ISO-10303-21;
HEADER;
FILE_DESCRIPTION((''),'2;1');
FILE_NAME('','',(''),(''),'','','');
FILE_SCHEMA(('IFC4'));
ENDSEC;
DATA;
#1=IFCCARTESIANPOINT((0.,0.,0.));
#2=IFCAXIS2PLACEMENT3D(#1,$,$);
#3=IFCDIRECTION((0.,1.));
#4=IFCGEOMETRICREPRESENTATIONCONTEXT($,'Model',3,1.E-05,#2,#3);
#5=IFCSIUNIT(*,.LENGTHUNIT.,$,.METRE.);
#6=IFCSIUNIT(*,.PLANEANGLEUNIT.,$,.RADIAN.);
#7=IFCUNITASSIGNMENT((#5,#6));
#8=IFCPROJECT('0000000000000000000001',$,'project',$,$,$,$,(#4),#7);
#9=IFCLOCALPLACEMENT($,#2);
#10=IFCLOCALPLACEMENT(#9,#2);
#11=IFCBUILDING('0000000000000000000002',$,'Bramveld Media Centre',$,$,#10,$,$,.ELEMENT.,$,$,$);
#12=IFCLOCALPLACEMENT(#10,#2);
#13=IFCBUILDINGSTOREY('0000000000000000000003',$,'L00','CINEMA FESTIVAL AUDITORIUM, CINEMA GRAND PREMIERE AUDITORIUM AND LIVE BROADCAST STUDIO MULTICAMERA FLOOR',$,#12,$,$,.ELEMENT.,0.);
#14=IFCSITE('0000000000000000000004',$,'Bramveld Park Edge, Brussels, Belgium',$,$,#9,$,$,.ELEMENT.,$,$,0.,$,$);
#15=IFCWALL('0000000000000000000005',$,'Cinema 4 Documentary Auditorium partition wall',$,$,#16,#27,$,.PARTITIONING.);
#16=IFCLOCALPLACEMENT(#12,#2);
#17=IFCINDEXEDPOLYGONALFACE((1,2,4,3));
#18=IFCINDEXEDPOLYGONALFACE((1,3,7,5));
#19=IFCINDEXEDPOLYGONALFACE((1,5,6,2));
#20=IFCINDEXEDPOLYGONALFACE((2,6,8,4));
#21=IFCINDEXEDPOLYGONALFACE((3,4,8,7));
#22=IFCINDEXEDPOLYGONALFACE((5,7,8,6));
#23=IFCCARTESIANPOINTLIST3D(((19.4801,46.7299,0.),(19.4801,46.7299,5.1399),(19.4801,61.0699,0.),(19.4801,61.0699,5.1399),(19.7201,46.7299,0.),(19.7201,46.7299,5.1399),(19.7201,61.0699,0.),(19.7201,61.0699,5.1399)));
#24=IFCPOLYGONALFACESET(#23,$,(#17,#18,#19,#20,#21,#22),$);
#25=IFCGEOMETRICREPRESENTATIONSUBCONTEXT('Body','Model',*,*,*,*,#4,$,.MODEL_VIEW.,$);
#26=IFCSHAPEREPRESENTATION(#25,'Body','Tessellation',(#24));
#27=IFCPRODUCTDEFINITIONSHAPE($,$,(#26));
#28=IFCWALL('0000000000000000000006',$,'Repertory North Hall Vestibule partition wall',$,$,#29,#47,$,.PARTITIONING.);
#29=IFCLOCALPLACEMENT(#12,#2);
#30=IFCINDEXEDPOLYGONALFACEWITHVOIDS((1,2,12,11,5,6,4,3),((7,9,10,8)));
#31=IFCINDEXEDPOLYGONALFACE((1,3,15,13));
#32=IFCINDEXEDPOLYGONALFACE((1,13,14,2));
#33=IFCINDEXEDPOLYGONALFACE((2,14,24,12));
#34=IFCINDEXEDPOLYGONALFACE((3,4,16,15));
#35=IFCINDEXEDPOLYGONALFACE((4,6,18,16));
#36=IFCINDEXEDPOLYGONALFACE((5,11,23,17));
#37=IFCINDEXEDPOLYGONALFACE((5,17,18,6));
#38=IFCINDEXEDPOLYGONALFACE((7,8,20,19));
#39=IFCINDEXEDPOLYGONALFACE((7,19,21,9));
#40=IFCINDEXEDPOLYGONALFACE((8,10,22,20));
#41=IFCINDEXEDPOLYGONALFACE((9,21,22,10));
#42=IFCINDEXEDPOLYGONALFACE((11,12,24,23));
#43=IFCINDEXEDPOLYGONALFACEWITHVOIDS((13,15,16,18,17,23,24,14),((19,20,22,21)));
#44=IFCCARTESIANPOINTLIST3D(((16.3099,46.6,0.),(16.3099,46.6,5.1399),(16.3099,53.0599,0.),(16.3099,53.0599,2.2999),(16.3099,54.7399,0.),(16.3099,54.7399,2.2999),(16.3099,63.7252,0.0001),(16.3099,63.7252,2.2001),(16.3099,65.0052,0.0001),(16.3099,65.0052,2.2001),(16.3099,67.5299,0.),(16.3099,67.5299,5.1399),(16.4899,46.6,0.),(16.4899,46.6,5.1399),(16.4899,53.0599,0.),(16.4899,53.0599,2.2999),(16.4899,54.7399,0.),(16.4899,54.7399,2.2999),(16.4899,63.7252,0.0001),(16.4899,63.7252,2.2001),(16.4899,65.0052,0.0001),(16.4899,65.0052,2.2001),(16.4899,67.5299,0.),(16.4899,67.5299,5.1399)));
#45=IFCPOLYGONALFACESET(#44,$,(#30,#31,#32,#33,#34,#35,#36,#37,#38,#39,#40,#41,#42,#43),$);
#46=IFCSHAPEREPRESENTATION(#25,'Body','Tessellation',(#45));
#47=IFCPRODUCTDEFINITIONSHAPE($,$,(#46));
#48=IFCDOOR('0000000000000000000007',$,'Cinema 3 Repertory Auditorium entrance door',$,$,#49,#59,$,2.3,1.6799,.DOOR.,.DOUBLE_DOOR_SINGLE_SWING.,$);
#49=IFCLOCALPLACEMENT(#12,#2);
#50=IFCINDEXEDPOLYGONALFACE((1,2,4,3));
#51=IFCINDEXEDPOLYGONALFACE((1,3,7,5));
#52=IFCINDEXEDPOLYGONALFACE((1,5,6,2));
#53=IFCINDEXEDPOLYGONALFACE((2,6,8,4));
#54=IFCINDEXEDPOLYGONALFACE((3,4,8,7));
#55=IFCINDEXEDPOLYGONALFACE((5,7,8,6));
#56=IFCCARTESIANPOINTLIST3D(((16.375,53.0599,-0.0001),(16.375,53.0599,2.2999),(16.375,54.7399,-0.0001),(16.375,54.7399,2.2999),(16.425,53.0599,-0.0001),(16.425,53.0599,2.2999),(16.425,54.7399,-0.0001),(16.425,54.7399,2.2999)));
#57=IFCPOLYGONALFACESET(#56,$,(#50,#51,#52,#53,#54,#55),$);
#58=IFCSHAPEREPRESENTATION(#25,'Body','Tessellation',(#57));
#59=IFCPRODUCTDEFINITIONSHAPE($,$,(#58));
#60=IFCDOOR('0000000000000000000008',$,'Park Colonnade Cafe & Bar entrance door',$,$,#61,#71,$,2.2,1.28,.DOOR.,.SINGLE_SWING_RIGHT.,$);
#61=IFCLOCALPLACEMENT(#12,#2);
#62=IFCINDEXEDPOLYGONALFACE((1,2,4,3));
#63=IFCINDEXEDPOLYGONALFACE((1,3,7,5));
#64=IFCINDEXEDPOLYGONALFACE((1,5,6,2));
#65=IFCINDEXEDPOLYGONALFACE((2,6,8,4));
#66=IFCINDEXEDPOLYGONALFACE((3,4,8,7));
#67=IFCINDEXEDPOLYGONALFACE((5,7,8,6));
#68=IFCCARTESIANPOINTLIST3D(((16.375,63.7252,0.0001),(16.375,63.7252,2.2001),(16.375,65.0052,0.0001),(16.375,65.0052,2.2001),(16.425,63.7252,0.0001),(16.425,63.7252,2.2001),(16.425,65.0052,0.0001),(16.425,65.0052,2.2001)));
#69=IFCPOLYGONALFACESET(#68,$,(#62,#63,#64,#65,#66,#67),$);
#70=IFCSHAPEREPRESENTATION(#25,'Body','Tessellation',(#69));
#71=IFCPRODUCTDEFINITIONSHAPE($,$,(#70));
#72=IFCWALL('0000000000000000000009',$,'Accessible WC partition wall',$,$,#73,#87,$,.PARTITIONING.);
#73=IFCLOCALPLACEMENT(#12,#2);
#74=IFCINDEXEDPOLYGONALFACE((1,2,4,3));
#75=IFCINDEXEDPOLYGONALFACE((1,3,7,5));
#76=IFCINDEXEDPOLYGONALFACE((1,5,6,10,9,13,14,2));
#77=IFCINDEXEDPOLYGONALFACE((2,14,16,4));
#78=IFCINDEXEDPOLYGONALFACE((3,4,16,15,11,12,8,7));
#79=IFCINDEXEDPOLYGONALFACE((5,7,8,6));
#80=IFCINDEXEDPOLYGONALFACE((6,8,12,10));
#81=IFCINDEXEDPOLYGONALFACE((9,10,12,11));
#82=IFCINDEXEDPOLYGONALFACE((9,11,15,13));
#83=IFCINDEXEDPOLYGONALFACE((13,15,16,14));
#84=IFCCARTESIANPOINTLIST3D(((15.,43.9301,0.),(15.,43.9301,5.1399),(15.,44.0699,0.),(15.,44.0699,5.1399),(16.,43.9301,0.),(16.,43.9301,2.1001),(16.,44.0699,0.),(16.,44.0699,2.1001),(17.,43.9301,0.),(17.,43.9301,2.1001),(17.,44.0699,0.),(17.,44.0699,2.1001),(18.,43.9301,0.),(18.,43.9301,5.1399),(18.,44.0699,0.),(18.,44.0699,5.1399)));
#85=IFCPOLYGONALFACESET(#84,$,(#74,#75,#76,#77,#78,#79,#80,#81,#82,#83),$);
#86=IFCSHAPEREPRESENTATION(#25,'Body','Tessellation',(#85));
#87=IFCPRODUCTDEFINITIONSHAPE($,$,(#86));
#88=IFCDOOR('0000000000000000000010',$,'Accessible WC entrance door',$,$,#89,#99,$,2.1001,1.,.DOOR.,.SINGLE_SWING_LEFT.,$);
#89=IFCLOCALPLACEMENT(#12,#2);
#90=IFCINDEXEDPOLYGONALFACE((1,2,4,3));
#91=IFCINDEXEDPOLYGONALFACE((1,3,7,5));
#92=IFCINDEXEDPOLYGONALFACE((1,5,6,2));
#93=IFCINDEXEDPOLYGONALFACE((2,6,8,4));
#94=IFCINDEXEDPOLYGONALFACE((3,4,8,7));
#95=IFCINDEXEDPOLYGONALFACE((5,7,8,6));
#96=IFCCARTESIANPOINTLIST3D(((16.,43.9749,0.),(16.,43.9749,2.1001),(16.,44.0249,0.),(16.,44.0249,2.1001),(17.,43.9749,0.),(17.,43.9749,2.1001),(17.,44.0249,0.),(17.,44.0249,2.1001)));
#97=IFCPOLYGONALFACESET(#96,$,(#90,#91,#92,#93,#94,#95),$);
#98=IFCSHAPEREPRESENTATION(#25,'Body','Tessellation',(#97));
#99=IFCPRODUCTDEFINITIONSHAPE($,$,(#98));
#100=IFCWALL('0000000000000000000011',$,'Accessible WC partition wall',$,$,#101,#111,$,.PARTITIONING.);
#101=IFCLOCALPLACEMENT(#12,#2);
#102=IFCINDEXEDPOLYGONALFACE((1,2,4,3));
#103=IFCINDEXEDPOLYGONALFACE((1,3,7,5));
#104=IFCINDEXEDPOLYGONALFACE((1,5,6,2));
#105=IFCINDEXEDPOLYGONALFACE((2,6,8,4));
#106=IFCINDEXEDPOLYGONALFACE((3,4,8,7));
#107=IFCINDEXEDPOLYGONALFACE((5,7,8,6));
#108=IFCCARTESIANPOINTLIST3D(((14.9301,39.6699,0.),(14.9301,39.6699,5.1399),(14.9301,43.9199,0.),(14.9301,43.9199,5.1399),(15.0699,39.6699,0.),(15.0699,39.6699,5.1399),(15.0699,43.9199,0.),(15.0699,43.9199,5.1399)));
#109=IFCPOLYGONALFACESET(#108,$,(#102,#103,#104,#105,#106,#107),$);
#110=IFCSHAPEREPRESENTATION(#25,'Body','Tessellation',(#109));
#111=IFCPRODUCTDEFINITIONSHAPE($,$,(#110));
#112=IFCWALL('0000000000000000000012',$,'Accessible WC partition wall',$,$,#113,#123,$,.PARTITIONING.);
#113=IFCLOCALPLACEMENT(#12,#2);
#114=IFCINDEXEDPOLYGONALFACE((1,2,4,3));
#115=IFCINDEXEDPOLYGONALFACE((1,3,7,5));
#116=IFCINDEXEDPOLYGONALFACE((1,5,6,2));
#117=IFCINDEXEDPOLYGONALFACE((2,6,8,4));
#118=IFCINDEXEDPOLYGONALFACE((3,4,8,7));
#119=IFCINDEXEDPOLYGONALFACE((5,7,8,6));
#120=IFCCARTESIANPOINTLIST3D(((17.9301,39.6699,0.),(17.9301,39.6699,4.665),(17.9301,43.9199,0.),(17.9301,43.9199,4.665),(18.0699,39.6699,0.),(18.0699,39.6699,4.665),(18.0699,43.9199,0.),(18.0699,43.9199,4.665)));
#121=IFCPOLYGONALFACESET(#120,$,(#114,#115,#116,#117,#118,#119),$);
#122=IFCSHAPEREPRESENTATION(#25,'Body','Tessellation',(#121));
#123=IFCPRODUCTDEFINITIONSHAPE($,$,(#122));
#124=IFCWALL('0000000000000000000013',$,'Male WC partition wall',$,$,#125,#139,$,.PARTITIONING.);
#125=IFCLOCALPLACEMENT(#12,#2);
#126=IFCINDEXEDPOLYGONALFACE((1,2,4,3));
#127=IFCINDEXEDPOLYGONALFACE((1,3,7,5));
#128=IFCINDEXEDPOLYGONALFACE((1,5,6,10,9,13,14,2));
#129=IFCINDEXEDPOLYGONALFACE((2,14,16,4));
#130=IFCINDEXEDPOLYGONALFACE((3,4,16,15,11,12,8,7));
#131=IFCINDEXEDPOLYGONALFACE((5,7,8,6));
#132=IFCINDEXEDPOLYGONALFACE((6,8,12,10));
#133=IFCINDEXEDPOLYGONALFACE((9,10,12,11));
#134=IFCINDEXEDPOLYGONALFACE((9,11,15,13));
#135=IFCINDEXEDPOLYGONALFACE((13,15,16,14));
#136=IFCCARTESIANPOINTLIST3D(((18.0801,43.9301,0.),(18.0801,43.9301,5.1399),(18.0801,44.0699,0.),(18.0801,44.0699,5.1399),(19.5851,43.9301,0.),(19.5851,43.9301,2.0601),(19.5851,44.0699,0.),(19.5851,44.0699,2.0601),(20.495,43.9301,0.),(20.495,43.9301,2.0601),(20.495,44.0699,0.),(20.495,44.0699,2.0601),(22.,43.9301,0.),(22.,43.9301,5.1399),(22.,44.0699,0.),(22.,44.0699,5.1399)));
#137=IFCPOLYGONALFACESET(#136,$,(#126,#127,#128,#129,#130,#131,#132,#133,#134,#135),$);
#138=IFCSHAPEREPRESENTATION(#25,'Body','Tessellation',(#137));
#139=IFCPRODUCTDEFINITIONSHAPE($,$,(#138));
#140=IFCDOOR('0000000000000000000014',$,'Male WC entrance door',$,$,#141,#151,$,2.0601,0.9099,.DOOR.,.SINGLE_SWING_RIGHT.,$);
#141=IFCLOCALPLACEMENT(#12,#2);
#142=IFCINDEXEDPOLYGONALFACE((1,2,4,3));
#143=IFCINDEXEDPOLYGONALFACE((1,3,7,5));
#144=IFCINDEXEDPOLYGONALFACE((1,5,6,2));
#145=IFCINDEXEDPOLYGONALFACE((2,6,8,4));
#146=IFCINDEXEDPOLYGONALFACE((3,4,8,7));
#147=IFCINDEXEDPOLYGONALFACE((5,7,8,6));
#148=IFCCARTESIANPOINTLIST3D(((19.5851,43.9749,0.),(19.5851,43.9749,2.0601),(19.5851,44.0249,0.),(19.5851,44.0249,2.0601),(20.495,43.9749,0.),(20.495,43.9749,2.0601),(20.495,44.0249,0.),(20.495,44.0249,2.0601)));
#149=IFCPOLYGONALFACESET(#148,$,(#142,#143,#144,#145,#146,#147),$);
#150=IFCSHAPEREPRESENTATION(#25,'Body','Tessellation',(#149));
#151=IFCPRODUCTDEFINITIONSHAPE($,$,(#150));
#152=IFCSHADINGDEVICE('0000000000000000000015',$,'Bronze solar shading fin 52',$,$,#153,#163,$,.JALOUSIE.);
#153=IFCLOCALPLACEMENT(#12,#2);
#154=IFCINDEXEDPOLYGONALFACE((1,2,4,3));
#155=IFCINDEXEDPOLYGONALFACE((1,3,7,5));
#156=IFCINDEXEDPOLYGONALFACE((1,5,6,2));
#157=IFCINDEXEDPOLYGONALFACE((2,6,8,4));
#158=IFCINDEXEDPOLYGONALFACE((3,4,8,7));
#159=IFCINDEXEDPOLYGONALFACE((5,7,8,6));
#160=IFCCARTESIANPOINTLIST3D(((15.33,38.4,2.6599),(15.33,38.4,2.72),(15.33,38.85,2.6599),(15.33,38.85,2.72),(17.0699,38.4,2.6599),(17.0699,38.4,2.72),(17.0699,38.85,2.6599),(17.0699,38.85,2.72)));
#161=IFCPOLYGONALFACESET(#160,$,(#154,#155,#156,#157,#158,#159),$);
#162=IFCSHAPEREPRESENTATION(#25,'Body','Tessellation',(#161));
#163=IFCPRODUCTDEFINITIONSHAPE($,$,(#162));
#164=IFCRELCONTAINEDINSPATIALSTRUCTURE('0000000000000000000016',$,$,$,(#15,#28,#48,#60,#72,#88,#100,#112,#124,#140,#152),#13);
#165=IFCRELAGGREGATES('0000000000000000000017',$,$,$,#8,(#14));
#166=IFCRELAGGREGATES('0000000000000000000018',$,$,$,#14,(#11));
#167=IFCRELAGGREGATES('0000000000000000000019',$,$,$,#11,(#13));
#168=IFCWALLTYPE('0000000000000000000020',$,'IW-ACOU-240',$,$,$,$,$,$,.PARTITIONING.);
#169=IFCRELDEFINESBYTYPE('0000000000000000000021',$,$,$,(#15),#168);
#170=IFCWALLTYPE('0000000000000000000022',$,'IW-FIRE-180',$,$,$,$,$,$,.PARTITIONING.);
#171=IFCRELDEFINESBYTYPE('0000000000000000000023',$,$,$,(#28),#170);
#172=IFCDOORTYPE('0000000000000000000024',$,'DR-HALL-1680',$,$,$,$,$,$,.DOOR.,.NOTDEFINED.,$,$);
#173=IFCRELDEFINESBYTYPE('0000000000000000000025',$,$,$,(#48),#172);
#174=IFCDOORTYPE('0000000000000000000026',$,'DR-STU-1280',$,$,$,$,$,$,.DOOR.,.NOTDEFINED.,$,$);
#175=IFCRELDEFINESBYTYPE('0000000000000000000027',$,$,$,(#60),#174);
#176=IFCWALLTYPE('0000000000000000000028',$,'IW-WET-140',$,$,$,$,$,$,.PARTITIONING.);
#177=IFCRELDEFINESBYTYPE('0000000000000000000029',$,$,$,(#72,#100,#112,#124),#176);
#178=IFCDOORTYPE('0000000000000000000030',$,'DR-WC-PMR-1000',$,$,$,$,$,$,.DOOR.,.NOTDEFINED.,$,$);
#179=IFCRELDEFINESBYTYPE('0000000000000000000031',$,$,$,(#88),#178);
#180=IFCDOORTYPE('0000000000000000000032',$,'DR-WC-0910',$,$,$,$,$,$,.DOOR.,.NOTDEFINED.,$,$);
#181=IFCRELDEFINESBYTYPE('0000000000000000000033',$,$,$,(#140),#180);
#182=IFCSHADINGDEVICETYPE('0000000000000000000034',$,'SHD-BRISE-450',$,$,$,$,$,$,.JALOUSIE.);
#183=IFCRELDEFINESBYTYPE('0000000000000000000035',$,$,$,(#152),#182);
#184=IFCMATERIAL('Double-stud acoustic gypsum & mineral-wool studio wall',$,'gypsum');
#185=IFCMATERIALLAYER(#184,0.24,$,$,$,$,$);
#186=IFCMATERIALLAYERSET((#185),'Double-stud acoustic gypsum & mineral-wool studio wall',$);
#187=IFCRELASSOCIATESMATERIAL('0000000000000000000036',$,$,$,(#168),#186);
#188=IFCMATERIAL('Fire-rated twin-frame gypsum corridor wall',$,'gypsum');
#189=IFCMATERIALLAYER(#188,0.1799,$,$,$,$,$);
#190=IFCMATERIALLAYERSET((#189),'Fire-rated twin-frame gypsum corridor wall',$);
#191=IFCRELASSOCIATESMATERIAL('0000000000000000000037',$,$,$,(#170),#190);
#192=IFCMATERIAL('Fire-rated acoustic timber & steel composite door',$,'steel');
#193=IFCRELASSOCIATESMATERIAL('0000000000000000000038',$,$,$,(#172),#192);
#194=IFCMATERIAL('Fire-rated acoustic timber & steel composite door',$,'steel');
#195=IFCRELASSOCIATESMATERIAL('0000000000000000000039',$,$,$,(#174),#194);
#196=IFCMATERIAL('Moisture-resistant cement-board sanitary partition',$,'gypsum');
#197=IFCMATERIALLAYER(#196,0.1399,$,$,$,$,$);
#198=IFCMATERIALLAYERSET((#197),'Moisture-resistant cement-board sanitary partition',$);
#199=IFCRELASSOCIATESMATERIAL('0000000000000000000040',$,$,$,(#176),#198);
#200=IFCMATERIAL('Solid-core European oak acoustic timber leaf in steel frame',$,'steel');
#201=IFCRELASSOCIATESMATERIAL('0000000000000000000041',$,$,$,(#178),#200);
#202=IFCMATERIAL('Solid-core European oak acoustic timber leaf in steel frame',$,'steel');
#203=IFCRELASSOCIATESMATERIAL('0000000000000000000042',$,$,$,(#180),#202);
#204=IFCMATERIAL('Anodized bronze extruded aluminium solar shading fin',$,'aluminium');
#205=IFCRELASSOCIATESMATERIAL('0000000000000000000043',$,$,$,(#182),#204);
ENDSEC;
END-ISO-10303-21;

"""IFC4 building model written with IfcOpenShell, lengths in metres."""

from ifc_helpers import new_model, si_unit, direction, frame, frame_2d, origin, origin_2d, place, context, subcontext, project, spatial, rectangle, extrude, material, layer, layer_set, type_object, element, fill, save


model = new_model("IFC4")

# Units and contexts
model_context = context("Model", 3, precision=1e-05, world=origin(), true_north=direction((0.0, 1.0)))
body_context = subcontext(model_context, "Body", "Model", "MODEL_VIEW")
ifc_project = project(units=[si_unit("LENGTHUNIT", "METRE"), si_unit("PLANEANGLEUNIT", "RADIAN")], contexts=[model_context])

# Site, building, storey
site_placement = place(None, origin())
site = spatial("IfcSite", under=ifc_project, at=site_placement, Name="Bramveld Park Edge, Brussels, Belgium", CompositionType="ELEMENT", RefElevation=0.0)
building_placement = place(site_placement, origin())
building = spatial("IfcBuilding", under=site, at=building_placement, Name="Bramveld Media Centre", CompositionType="ELEMENT")
storey_placement = place(building_placement, origin())
storey = spatial("IfcBuildingStorey", under=building, at=storey_placement, Name="L00", Description="CINEMA FESTIVAL AUDITORIUM, CINEMA GRAND PREMIERE AUDITORIUM AND LIVE BROADCAST STUDIO MULTICAMERA FLOOR", CompositionType="ELEMENT", Elevation=0.0)

# Shared definitions
ifc_material_1 = material(Name="Double-stud acoustic gypsum & mineral-wool studio wall", Category="gypsum")
ifc_layer_1 = layer(ifc_material_1, 0.24)
ifc_layer_set_1 = layer_set([ifc_layer_1], Name="Double-stud acoustic gypsum & mineral-wool studio wall")
wall_type_1 = type_object("IfcWallType", Name="IW-ACOU-240", PredefinedType="PARTITIONING", material=ifc_layer_set_1)

# Wall
wall_1_placement = place(storey_placement, frame((19.6001, 46.73, 0.0), z_axis=(0.0, 0.0, 1.0), x_axis=(0.0, 1.0, 0.0)))
element("IfcWall", 1, at=wall_1_placement, inside=storey, type_object=wall_type_1, Name="Cinema 4 Documentary Auditorium partition wall", PredefinedType="PARTITIONING", context=body_context, shape_type="SweptSolid", body=[
    extrude(rectangle(XDim=14.3401, YDim=0.24, at=frame_2d((7.1699, 0.0))), origin(), (0.0, 0.0, 1.0), 5.1399),
])

# Wall, openings, doors
ifc_material_2 = material(Name="Fire-rated twin-frame gypsum corridor wall", Category="gypsum")
ifc_layer_2 = layer(ifc_material_2, 0.1799)
ifc_layer_set_2 = layer_set([ifc_layer_2], Name="Fire-rated twin-frame gypsum corridor wall")
wall_type_2 = type_object("IfcWallType", Name="IW-FIRE-180", PredefinedType="PARTITIONING", material=ifc_layer_set_2)
wall_2_placement = place(storey_placement, frame((16.3999, 46.6001, 0.0), z_axis=(0.0, 0.0, 1.0), x_axis=(0.0, 1.0, 0.0)))
wall_2 = element("IfcWall", 2, at=wall_2_placement, inside=storey, type_object=wall_type_2, Name="Repertory North Hall Vestibule partition wall", PredefinedType="PARTITIONING", context=body_context, shape_type="SweptSolid", body=[
    extrude(rectangle(XDim=20.9299, YDim=0.1799, at=frame_2d((10.4648, 0.0))), origin(), (0.0, 0.0, 1.0), 5.1399),
])
opening_1_placement = place(wall_2_placement, frame((6.46, 0.0, 0.0)))
opening_1 = element("IfcOpeningElement", 3, at=opening_1_placement, cuts=wall_2, PredefinedType="OPENING", context=body_context, shape_type="SweptSolid", body=[
    extrude(rectangle(XDim=1.6799, YDim=2.3, at=frame_2d((0.8398, 1.1499))), frame((0.0, 0.1021, 0.0), z_axis=(0.0, -1.0, 0.0), x_axis=(1.0, 0.0, 0.0)), (0.0, 0.0, 1.0), 0.2039),
])
opening_2_placement = place(wall_2_placement, frame((17.125, 0.0, 0.0)))
opening_2 = element("IfcOpeningElement", 4, at=opening_2_placement, cuts=wall_2, PredefinedType="OPENING", context=body_context, shape_type="SweptSolid", body=[
    extrude(rectangle(XDim=1.28, YDim=2.2, at=frame_2d((0.6401, 1.1001))), frame((0.0, 0.1021, 0.0), z_axis=(0.0, -1.0, 0.0), x_axis=(1.0, 0.0, 0.0)), (0.0, 0.0, 1.0), 0.2039),
])
ifc_material_3 = material(Name="Fire-rated acoustic timber & steel composite door", Category="steel")
door_type_1 = type_object("IfcDoorType", Name="DR-HALL-1680", OperationType="NOTDEFINED", PredefinedType="DOOR", material=ifc_material_3)
door_1_placement = place(opening_1_placement, origin())
door_1 = element("IfcDoor", 5, at=door_1_placement, inside=storey, type_object=door_type_1, Name="Cinema 3 Repertory Auditorium entrance door", OperationType="DOUBLE_DOOR_SINGLE_SWING", OverallHeight=2.3, OverallWidth=1.6799, PredefinedType="DOOR", context=body_context, shape_type="SweptSolid", body=[
    extrude(rectangle(XDim=1.6799, YDim=2.3, at=frame_2d((0.8398, 1.1499))), frame((0.0, 0.0249, 0.0), z_axis=(0.0, -1.0, 0.0), x_axis=(1.0, 0.0, 0.0)), (0.0, 0.0, 1.0), 0.05),
])
fill(opening_1, door_1)
ifc_material_4 = material(Name="Fire-rated acoustic timber & steel composite door", Category="steel")
door_type_2 = type_object("IfcDoorType", Name="DR-STU-1280", OperationType="NOTDEFINED", PredefinedType="DOOR", material=ifc_material_4)
door_2_placement = place(opening_2_placement, origin())
door_2 = element("IfcDoor", 6, at=door_2_placement, inside=storey, type_object=door_type_2, Name="Park Colonnade Cafe & Bar entrance door", OperationType="SINGLE_SWING_RIGHT", OverallHeight=2.2, OverallWidth=1.28, PredefinedType="DOOR", context=body_context, shape_type="SweptSolid", body=[
    extrude(rectangle(XDim=1.28, YDim=2.2, at=frame_2d((0.6401, 1.1001))), frame((0.0, 0.0249, 0.0), z_axis=(0.0, -1.0, 0.0), x_axis=(1.0, 0.0, 0.0)), (0.0, 0.0, 1.0), 0.05),
])
fill(opening_2, door_2)

# Wall, opening, door
ifc_material_5 = material(Name="Moisture-resistant cement-board sanitary partition", Category="gypsum")
ifc_layer_3 = layer(ifc_material_5, 0.1399)
ifc_layer_set_3 = layer_set([ifc_layer_3], Name="Moisture-resistant cement-board sanitary partition")
wall_type_3 = type_object("IfcWallType", Name="IW-WET-140", PredefinedType="PARTITIONING", material=ifc_layer_set_3)
wall_3_placement = place(storey_placement, frame((15.0, 44.0, 0.0), z_axis=(0.0, 0.0, 1.0), x_axis=(1.0, 0.0, 0.0)))
wall_3 = element("IfcWall", 7, at=wall_3_placement, inside=storey, type_object=wall_type_3, Name="Accessible WC partition wall", PredefinedType="PARTITIONING", context=body_context, shape_type="SweptSolid", body=[
    extrude(rectangle(XDim=3.0, YDim=0.1399, at=frame_2d((1.5, 0.0))), origin(), (0.0, 0.0, 1.0), 5.1399),
])
opening_3_placement = place(wall_3_placement, frame((1.0, 0.0, 0.0)))
opening_3 = element("IfcOpeningElement", 8, at=opening_3_placement, cuts=wall_3, PredefinedType="OPENING", context=body_context, shape_type="SweptSolid", body=[
    extrude(rectangle(XDim=1.0, YDim=2.1001, at=frame_2d((0.5, 1.05))), frame((0.0, 0.082, 0.0), z_axis=(0.0, -1.0, 0.0), x_axis=(1.0, 0.0, 0.0)), (0.0, 0.0, 1.0), 0.1638),
])
ifc_material_6 = material(Name="Solid-core European oak acoustic timber leaf in steel frame", Category="steel")
door_type_3 = type_object("IfcDoorType", Name="DR-WC-PMR-1000", OperationType="NOTDEFINED", PredefinedType="DOOR", material=ifc_material_6)
door_3_placement = place(opening_3_placement, origin())
door_3 = element("IfcDoor", 9, at=door_3_placement, inside=storey, type_object=door_type_3, Name="Accessible WC entrance door", OperationType="SINGLE_SWING_LEFT", OverallHeight=2.1001, OverallWidth=1.0, PredefinedType="DOOR", context=body_context, shape_type="SweptSolid", body=[
    extrude(rectangle(XDim=1.0, YDim=2.1001, at=frame_2d((0.5, 1.05))), frame((0.0, 0.0249, 0.0), z_axis=(0.0, -1.0, 0.0), x_axis=(1.0, 0.0, 0.0)), (0.0, 0.0, 1.0), 0.05),
])
fill(opening_3, door_3)

# Walls
wall_4_placement = place(storey_placement, frame((15.0, 39.6699, 0.0), z_axis=(0.0, 0.0, 1.0), x_axis=(0.0, 1.0, 0.0)))
element("IfcWall", 10, at=wall_4_placement, inside=storey, type_object=wall_type_3, Name="Accessible WC partition wall", PredefinedType="PARTITIONING", context=body_context, shape_type="SweptSolid", body=[
    extrude(rectangle(XDim=4.25, YDim=0.1399, at=frame_2d((2.125, 0.0))), origin(), (0.0, 0.0, 1.0), 5.1399),
])
wall_5_placement = place(storey_placement, frame((18.0, 39.6699, 0.0), z_axis=(0.0, 0.0, 1.0), x_axis=(0.0, 1.0, 0.0)))
element("IfcWall", 11, at=wall_5_placement, inside=storey, type_object=wall_type_3, Name="Accessible WC partition wall", PredefinedType="PARTITIONING", context=body_context, shape_type="SweptSolid", body=[
    extrude(rectangle(XDim=4.25, YDim=0.1399, at=frame_2d((2.125, 0.0))), origin(), (0.0, 0.0, 1.0), 4.665),
])

# Wall, opening, door
wall_6_placement = place(storey_placement, frame((18.0801, 44.0, 0.0), z_axis=(0.0, 0.0, 1.0), x_axis=(1.0, 0.0, 0.0)))
wall_6 = element("IfcWall", 12, at=wall_6_placement, inside=storey, type_object=wall_type_3, Name="Male WC partition wall", PredefinedType="PARTITIONING", context=body_context, shape_type="SweptSolid", body=[
    extrude(rectangle(XDim=3.9199, YDim=0.1399, at=frame_2d((1.96, 0.0))), origin(), (0.0, 0.0, 1.0), 5.1399),
])
opening_4_placement = place(wall_6_placement, frame((1.5049, 0.0, 0.0)))
opening_4 = element("IfcOpeningElement", 13, at=opening_4_placement, cuts=wall_6, PredefinedType="OPENING", context=body_context, shape_type="SweptSolid", body=[
    extrude(rectangle(XDim=0.9099, YDim=2.0601, at=frame_2d((0.4551, 1.03))), frame((0.0, 0.082, 0.0), z_axis=(0.0, -1.0, 0.0), x_axis=(1.0, 0.0, 0.0)), (0.0, 0.0, 1.0), 0.1638),
])
ifc_material_7 = material(Name="Solid-core European oak acoustic timber leaf in steel frame", Category="steel")
door_type_4 = type_object("IfcDoorType", Name="DR-WC-0910", OperationType="NOTDEFINED", PredefinedType="DOOR", material=ifc_material_7)
door_4_placement = place(opening_4_placement, origin())
door_4 = element("IfcDoor", 14, at=door_4_placement, inside=storey, type_object=door_type_4, Name="Male WC entrance door", OperationType="SINGLE_SWING_RIGHT", OverallHeight=2.0601, OverallWidth=0.9099, PredefinedType="DOOR", context=body_context, shape_type="SweptSolid", body=[
    extrude(rectangle(XDim=0.9099, YDim=2.0601, at=frame_2d((0.4551, 1.03))), frame((0.0, 0.0249, 0.0), z_axis=(0.0, -1.0, 0.0), x_axis=(1.0, 0.0, 0.0)), (0.0, 0.0, 1.0), 0.05),
])
fill(opening_4, door_4)

# Shading device
ifc_material_8 = material(Name="Anodized bronze extruded aluminium solar shading fin", Category="aluminium")
shading_device_type_1 = type_object("IfcShadingDeviceType", Name="SHD-BRISE-450", PredefinedType="JALOUSIE", material=ifc_material_8)
shading_device_1_placement = place(storey_placement, frame((16.2, 38.625, 2.6599), z_axis=(0.0, 0.0, 1.0), x_axis=(1.0, 0.0, 0.0)))
element("IfcShadingDevice", 15, at=shading_device_1_placement, inside=storey, type_object=shading_device_type_1, Name="Bronze solar shading fin 52", PredefinedType="JALOUSIE", context=body_context, shape_type="SweptSolid", body=[
    extrude(rectangle(XDim=1.74, YDim=0.45, at=origin_2d()), origin(), (0.0, 0.0, 1.0), 0.0601),
])

save(model, "model.ifc")
